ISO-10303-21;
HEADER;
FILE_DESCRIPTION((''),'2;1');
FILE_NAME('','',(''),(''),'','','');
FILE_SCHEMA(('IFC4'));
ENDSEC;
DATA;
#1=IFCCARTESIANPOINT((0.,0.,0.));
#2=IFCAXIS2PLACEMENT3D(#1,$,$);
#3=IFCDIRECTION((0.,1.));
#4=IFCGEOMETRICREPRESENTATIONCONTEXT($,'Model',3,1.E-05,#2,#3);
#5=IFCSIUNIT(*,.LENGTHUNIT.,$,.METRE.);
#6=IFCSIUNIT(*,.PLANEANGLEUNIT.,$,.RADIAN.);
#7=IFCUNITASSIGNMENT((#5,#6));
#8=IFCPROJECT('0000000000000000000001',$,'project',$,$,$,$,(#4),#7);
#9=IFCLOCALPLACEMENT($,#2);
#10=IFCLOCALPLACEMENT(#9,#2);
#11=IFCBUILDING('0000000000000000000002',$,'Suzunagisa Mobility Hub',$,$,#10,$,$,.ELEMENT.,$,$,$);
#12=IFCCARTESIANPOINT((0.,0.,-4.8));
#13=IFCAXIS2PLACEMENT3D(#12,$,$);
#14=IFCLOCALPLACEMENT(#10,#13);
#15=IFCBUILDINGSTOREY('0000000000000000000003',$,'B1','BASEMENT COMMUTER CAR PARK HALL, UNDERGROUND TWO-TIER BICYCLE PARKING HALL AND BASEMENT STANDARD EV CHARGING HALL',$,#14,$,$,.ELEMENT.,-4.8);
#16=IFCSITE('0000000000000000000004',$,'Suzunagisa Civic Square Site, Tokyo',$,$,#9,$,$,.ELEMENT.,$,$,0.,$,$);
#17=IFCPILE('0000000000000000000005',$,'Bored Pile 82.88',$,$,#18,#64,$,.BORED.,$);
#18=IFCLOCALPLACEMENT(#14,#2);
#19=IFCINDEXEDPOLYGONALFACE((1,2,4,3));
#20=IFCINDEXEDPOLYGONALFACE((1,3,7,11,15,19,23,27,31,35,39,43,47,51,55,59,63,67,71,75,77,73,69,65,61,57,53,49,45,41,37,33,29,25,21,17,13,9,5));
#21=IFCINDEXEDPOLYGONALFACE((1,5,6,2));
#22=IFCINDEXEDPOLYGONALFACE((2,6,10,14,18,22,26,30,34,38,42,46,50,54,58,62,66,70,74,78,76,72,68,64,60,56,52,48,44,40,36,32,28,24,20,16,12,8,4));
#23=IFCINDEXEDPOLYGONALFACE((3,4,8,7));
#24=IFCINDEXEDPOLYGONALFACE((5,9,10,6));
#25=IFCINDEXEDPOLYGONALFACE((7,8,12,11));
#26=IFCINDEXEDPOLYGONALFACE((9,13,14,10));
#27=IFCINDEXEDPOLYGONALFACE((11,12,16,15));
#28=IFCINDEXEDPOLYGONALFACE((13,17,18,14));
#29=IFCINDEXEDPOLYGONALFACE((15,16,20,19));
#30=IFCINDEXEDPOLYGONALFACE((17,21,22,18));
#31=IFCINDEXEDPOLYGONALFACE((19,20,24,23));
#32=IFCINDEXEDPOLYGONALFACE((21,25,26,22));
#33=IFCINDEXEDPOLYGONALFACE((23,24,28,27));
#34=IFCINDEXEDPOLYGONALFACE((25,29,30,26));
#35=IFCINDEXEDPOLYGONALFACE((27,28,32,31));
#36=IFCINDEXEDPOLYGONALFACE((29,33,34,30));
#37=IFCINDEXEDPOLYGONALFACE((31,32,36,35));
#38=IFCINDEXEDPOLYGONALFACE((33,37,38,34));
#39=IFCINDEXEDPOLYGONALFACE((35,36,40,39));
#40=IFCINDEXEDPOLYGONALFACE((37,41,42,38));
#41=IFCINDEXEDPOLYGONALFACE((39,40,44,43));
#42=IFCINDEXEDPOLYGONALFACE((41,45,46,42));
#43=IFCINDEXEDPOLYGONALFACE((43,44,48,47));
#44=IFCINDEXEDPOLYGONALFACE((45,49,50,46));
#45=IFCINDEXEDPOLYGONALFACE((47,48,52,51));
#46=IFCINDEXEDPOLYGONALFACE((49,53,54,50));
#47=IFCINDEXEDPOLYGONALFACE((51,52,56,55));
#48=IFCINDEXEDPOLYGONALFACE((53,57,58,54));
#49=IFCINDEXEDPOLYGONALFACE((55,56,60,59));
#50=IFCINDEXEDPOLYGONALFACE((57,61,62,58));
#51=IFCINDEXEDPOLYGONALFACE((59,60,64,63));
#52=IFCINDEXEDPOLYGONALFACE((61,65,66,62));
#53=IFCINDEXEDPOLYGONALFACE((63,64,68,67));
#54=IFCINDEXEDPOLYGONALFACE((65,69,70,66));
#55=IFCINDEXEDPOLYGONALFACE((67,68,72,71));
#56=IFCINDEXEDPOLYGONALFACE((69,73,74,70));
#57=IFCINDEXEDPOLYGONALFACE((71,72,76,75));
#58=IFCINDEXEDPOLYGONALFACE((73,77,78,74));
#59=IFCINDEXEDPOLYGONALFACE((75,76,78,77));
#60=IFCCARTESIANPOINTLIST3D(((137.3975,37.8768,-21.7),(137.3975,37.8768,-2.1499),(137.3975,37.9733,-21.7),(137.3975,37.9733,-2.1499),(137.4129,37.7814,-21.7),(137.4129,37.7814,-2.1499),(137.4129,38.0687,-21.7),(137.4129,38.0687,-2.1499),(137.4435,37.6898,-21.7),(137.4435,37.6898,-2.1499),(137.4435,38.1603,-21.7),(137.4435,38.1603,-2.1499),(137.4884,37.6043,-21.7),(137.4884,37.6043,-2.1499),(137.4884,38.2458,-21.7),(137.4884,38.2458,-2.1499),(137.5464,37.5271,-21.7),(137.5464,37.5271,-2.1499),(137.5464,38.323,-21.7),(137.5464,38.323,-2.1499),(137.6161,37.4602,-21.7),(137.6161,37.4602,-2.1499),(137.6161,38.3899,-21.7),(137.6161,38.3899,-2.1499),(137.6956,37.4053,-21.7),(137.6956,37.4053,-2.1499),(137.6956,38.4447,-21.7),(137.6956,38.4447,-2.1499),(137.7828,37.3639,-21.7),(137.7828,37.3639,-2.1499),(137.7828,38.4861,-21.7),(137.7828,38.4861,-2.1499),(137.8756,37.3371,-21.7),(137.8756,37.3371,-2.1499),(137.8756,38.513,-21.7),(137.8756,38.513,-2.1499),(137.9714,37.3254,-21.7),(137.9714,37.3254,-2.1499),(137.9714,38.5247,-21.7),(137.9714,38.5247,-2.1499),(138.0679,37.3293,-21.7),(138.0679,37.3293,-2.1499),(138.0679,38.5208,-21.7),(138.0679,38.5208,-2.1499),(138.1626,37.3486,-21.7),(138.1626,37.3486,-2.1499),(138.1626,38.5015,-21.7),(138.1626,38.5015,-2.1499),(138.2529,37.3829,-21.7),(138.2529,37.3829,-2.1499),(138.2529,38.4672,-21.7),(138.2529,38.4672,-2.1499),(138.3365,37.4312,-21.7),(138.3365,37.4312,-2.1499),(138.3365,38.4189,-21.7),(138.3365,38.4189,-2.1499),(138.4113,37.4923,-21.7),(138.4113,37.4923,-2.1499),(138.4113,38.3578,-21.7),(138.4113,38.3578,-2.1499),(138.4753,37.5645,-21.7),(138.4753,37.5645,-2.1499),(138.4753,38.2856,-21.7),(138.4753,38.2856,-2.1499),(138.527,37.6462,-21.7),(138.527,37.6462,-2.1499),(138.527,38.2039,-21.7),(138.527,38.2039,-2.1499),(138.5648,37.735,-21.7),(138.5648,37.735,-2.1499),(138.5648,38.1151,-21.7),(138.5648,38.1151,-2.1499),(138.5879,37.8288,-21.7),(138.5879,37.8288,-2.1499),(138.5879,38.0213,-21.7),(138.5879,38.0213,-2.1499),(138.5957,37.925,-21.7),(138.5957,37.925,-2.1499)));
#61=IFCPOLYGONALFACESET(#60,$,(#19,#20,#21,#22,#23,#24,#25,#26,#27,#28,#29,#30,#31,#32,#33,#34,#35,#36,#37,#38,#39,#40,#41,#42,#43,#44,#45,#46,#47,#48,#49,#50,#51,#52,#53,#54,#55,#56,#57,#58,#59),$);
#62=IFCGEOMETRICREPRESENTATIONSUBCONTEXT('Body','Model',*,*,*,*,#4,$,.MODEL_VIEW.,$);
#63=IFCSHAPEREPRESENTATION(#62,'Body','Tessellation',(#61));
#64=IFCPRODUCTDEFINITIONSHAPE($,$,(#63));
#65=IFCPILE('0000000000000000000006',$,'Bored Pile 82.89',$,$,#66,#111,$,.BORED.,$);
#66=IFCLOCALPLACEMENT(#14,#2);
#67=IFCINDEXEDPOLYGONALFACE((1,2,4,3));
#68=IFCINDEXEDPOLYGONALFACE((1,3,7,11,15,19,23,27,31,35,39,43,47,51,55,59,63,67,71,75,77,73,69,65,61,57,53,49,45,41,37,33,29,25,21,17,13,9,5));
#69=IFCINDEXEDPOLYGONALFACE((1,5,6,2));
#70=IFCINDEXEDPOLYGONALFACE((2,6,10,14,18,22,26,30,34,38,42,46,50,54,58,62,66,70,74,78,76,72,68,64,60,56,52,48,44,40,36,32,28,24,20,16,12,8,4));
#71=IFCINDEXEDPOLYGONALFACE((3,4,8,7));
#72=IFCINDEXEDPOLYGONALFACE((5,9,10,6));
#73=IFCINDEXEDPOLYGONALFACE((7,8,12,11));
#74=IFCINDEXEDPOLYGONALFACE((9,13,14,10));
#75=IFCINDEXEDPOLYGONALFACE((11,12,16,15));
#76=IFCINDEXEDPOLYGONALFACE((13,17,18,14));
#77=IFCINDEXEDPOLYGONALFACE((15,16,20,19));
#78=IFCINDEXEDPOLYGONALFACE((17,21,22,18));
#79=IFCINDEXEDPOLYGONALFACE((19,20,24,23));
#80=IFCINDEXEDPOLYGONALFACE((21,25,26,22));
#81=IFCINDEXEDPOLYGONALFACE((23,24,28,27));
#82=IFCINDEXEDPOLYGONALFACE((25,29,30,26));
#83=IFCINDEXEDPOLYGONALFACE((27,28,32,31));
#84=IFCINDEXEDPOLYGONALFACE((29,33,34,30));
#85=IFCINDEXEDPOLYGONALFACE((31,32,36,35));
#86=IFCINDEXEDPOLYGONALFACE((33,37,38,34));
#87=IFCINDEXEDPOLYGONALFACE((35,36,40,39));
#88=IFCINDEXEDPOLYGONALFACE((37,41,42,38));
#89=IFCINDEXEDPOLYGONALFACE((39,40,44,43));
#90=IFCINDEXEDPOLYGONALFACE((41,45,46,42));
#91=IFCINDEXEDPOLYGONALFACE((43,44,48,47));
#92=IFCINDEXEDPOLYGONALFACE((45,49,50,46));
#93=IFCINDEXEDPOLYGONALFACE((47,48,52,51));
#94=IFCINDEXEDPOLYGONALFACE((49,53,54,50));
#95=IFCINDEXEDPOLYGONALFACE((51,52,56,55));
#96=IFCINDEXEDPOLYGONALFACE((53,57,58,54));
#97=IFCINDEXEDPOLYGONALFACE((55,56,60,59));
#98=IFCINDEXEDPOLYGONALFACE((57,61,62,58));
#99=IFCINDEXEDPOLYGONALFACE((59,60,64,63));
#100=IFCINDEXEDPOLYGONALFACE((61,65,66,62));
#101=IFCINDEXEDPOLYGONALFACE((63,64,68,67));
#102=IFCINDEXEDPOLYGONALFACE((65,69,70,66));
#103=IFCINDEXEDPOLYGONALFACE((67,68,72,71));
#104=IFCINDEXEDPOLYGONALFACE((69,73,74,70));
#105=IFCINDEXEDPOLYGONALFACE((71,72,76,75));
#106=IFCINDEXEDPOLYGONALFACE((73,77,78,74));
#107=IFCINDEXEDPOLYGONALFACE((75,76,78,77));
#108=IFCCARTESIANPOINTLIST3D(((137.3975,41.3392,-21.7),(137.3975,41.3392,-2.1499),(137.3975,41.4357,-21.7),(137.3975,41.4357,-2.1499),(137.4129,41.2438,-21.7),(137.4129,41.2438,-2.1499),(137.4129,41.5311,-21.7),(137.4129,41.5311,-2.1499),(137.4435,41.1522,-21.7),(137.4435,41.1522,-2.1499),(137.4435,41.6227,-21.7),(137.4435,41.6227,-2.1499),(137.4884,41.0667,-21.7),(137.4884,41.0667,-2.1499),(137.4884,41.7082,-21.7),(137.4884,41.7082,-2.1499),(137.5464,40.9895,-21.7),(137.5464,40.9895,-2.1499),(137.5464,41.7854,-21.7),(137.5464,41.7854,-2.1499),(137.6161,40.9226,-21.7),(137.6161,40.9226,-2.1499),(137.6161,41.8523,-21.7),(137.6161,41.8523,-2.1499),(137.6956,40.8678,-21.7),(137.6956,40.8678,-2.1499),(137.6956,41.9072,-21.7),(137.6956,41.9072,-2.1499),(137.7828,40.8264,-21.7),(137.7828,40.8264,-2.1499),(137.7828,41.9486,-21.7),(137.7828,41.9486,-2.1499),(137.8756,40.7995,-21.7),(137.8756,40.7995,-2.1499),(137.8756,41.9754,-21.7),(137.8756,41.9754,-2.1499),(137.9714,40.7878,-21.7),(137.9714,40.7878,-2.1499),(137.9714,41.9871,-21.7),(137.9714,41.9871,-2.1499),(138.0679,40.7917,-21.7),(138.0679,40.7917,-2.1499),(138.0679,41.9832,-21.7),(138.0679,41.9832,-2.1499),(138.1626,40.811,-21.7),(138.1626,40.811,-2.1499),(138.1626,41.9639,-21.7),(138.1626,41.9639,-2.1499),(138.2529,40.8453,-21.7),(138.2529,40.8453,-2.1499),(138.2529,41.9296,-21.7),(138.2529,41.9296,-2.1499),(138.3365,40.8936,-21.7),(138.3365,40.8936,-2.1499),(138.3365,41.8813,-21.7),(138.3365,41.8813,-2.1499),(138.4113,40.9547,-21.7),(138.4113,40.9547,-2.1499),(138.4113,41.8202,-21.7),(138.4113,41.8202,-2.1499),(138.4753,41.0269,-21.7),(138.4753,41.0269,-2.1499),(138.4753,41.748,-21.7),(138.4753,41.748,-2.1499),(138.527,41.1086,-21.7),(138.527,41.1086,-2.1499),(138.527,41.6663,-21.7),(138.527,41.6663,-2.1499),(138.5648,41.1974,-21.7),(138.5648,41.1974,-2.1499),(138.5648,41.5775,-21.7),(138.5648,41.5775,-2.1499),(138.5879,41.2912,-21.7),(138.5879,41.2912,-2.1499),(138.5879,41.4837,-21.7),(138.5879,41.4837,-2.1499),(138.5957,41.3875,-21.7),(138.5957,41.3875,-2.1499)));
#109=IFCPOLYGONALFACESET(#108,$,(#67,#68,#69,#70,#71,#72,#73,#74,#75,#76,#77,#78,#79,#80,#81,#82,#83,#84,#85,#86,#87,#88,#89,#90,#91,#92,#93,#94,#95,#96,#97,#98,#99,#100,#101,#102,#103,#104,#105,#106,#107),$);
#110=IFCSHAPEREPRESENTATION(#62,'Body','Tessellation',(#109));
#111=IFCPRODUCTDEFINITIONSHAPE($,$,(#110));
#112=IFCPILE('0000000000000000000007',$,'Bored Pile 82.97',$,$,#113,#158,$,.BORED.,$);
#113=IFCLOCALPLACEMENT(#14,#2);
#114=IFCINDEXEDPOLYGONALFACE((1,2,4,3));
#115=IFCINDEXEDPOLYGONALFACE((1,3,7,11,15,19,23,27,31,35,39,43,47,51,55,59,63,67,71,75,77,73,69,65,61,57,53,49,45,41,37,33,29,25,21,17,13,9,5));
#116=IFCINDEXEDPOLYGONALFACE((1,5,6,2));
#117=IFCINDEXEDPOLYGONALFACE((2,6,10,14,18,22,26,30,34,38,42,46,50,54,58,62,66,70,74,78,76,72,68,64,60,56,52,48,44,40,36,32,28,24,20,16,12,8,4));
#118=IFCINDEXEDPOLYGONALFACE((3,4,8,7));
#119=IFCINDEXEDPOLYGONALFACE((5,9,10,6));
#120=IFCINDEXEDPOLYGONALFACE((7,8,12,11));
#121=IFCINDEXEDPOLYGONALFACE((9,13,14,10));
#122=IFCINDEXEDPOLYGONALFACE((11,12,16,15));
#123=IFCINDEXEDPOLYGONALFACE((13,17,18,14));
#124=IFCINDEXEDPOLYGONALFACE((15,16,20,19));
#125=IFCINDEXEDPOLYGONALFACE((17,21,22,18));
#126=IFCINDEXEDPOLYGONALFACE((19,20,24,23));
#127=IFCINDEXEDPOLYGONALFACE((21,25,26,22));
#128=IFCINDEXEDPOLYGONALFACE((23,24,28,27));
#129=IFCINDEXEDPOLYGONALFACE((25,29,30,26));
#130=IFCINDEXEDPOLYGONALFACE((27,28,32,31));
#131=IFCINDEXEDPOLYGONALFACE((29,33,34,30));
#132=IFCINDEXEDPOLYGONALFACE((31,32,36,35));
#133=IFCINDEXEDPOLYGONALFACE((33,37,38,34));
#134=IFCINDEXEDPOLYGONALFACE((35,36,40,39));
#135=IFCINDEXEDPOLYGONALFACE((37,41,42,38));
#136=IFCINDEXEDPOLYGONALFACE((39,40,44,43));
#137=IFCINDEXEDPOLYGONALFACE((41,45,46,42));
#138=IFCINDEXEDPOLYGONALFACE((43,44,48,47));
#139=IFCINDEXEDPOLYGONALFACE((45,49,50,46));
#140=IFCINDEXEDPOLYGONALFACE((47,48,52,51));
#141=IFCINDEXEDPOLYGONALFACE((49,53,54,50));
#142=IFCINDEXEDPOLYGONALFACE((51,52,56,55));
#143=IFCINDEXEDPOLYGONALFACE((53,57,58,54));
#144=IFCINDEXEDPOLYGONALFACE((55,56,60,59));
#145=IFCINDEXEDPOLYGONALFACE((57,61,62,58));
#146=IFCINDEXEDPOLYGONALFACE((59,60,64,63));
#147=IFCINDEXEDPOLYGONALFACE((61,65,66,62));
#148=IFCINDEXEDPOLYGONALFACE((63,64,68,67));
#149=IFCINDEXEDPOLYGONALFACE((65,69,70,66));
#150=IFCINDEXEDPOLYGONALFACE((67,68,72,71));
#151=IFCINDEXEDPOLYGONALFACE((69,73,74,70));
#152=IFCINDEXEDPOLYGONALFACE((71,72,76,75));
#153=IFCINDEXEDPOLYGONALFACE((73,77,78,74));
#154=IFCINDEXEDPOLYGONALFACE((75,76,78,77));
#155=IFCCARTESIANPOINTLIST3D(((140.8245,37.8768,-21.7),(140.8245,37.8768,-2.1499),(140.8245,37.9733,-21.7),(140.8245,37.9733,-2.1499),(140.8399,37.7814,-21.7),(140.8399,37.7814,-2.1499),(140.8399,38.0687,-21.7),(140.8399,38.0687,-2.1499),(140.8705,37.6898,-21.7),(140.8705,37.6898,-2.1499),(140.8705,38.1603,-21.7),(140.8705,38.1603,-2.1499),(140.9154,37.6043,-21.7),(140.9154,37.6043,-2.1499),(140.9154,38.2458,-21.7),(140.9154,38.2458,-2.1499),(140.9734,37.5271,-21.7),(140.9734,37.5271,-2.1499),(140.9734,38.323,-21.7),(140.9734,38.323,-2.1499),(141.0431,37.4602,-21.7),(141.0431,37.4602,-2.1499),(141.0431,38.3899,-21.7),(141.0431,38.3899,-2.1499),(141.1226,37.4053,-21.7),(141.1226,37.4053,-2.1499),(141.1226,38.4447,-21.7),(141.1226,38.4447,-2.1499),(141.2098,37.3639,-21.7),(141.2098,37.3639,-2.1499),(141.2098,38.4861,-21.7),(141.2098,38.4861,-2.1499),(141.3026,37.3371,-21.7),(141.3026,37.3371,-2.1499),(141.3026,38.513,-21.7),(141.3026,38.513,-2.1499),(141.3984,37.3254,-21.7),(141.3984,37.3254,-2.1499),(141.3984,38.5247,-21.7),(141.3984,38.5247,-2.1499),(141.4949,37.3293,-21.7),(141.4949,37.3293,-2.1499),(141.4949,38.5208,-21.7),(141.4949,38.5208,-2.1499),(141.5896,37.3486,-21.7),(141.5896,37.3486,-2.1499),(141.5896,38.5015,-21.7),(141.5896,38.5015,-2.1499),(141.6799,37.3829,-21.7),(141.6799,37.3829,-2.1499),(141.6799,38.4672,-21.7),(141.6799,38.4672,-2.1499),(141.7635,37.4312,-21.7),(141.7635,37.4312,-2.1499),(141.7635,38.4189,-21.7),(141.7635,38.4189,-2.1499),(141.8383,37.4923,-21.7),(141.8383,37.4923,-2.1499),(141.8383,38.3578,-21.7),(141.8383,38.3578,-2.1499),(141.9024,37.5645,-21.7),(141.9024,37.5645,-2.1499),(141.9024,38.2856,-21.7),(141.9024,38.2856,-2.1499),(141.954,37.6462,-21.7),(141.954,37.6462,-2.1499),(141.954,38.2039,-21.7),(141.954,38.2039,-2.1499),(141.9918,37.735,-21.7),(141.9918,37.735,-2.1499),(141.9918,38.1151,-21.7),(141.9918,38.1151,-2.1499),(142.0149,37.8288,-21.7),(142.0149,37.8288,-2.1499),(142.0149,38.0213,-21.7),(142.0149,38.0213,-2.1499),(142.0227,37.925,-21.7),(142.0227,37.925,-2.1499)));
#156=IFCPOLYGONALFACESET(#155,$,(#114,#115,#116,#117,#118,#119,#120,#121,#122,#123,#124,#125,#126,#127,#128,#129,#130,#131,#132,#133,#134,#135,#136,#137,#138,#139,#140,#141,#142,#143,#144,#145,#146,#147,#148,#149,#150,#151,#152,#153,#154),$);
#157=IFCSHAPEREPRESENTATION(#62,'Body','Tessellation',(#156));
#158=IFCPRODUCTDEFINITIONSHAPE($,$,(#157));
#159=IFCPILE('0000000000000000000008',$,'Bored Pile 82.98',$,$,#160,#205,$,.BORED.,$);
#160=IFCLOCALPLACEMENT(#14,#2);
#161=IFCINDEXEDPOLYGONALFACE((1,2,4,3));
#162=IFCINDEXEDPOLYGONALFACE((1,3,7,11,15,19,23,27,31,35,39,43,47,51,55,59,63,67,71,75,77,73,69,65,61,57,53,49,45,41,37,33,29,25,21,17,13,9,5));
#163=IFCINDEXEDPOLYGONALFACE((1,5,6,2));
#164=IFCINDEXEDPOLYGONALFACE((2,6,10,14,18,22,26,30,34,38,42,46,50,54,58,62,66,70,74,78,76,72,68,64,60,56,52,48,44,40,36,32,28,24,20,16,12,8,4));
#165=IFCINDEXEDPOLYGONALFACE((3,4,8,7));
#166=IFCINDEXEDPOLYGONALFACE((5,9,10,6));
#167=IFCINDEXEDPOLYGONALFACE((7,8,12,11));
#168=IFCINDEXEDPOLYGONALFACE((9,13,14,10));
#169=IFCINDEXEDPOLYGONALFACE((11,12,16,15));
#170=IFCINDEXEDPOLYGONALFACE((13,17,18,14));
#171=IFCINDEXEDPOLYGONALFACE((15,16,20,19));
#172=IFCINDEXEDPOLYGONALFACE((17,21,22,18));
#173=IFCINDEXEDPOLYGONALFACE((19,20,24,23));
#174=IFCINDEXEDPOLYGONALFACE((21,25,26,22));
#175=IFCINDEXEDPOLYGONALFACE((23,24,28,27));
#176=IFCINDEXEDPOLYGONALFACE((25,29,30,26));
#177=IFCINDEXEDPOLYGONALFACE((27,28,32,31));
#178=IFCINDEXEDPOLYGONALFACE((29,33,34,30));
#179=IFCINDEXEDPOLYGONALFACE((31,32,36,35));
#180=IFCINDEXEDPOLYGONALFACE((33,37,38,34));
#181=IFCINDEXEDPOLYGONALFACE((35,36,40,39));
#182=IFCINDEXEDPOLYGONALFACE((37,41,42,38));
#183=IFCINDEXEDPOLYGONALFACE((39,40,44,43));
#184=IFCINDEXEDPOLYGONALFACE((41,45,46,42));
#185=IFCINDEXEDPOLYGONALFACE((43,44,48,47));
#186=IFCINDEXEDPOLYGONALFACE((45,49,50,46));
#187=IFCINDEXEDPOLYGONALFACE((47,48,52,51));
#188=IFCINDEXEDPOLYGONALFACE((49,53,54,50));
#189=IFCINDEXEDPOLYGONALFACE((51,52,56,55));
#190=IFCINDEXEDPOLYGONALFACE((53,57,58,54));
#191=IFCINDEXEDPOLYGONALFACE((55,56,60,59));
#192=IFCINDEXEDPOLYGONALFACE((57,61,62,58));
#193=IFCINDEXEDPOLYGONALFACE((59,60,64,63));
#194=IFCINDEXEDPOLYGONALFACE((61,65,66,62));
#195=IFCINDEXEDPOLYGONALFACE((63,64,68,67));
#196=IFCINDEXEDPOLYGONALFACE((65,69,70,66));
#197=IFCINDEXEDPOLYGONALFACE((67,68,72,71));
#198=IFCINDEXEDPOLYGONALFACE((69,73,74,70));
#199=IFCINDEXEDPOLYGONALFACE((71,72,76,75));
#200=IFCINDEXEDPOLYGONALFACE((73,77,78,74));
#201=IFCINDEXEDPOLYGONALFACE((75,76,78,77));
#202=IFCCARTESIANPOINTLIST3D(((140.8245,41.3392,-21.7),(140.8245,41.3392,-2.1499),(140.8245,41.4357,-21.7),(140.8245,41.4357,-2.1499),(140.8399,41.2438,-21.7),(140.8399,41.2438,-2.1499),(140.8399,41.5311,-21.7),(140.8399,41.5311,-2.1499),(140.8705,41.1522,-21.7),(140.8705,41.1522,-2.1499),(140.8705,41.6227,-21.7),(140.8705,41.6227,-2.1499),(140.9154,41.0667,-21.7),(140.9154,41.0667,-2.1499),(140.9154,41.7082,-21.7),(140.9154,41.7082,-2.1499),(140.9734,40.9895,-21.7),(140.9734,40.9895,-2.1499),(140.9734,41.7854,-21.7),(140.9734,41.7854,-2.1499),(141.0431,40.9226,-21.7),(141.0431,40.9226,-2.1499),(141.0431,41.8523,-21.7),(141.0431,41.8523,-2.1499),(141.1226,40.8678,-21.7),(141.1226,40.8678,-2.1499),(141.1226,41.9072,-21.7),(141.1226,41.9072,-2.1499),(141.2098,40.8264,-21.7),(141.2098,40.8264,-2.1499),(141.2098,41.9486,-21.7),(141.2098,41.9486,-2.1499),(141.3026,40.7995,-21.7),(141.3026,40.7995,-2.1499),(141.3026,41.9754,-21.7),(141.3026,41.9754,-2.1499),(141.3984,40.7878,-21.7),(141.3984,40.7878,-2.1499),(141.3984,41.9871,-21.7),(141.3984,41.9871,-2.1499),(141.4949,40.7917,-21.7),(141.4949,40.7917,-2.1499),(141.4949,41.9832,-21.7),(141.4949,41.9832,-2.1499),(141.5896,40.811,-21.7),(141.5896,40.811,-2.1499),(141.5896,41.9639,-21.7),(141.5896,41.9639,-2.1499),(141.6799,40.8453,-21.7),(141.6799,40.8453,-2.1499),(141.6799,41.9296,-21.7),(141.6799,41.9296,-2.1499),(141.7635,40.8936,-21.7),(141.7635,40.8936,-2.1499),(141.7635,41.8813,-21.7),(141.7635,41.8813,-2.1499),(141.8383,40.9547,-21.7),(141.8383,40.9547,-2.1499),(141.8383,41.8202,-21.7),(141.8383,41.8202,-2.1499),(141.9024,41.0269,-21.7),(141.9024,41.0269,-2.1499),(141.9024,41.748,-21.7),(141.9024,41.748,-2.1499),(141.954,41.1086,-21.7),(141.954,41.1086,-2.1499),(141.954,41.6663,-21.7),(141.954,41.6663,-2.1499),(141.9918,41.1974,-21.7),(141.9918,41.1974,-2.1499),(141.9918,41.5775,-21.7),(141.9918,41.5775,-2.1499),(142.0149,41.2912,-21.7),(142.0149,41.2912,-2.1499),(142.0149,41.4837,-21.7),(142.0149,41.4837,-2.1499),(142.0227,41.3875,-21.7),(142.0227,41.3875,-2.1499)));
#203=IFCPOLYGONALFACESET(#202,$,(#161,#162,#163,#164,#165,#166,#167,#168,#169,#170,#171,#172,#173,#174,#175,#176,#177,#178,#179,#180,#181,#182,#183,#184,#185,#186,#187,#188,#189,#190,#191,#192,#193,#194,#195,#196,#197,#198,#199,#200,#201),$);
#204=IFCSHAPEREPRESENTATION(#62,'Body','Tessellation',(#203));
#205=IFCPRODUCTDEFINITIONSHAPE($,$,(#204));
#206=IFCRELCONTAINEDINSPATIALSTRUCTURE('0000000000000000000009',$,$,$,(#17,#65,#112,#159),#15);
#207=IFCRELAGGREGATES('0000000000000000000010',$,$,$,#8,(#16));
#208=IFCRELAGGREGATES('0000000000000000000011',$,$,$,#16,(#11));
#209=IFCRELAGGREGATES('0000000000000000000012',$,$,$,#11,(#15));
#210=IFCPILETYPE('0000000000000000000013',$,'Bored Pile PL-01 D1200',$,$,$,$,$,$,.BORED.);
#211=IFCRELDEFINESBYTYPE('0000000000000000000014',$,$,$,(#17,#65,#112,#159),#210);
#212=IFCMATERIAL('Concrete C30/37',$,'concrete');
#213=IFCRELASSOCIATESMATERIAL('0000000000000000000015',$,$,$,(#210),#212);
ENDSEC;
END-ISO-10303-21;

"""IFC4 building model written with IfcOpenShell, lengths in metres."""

from ifc_helpers import new_model, si_unit, direction, frame, origin, origin_2d, place, context, subcontext, project, spatial, circle, extrude, material, material_profile, profile_set, type_object, element, save


model = new_model("IFC4")

# Units and contexts
model_context = context("Model", 3, precision=1e-05, world=origin(), true_north=direction((0.0, 1.0)))
body_context = subcontext(model_context, "Body", "Model", "MODEL_VIEW")
ifc_project = project(units=[si_unit("LENGTHUNIT", "METRE"), si_unit("PLANEANGLEUNIT", "RADIAN")], contexts=[model_context])

# Site, building, storey
site_placement = place(None, origin())
site = spatial("IfcSite", under=ifc_project, at=site_placement, Name="Suzunagisa Civic Square Site, Tokyo", CompositionType="ELEMENT", RefElevation=0.0)
building_placement = place(site_placement, origin())
building = spatial("IfcBuilding", under=site, at=building_placement, Name="Suzunagisa Mobility Hub", CompositionType="ELEMENT")
storey_placement = place(building_placement, frame((0.0, 0.0, -4.8)))
storey = spatial("IfcBuildingStorey", under=building, at=storey_placement, Name="B1", Description="BASEMENT COMMUTER CAR PARK HALL, UNDERGROUND TWO-TIER BICYCLE PARKING HALL AND BASEMENT STANDARD EV CHARGING HALL", CompositionType="ELEMENT", Elevation=-4.8)

# Piles
ifc_material_1 = material(Name="Concrete C30/37", Category="concrete")
ifc_material_profile_1 = material_profile(ifc_material_1, circle(Radius=0.6001, at=origin_2d()), Name="BORED PILE D1200")
ifc_profile_set_1 = profile_set([ifc_material_profile_1], Name="Concrete C30/37")
pile_type = type_object("IfcPileType", Name="Bored Pile PL-01 D1200", PredefinedType="BORED", material=ifc_profile_set_1)
for number, where, z_axis, x_axis, name in (
    (1, (137.9956, 37.925, -2.1499), (0.0, 0.0, -1.0), (1.0, 0.0, 0.0), "Bored Pile 82.88"),
    (2, (137.9956, 41.3875, -2.1499), (0.0, 0.0, -1.0), (1.0, 0.0, 0.0), "Bored Pile 82.89"),
    (3, (141.4226, 37.925, -2.1499), (0.0, 0.0, -1.0), (1.0, 0.0, 0.0), "Bored Pile 82.97"),
    (4, (141.4226, 41.3875, -2.1499), (0.0, 0.0, -1.0), (1.0, 0.0, 0.0), "Bored Pile 82.98"),
):
    element("IfcPile", number, at=place(storey_placement, frame(where, z_axis=z_axis, x_axis=x_axis)), inside=storey, type_object=pile_type, Name=name, PredefinedType="BORED", context=body_context, shape_type="SweptSolid", body=[
        extrude(circle(Radius=0.6001, at=origin_2d()), origin(), (0.0, 0.0, 1.0), 19.55),
    ])

save(model, "model.ifc")
